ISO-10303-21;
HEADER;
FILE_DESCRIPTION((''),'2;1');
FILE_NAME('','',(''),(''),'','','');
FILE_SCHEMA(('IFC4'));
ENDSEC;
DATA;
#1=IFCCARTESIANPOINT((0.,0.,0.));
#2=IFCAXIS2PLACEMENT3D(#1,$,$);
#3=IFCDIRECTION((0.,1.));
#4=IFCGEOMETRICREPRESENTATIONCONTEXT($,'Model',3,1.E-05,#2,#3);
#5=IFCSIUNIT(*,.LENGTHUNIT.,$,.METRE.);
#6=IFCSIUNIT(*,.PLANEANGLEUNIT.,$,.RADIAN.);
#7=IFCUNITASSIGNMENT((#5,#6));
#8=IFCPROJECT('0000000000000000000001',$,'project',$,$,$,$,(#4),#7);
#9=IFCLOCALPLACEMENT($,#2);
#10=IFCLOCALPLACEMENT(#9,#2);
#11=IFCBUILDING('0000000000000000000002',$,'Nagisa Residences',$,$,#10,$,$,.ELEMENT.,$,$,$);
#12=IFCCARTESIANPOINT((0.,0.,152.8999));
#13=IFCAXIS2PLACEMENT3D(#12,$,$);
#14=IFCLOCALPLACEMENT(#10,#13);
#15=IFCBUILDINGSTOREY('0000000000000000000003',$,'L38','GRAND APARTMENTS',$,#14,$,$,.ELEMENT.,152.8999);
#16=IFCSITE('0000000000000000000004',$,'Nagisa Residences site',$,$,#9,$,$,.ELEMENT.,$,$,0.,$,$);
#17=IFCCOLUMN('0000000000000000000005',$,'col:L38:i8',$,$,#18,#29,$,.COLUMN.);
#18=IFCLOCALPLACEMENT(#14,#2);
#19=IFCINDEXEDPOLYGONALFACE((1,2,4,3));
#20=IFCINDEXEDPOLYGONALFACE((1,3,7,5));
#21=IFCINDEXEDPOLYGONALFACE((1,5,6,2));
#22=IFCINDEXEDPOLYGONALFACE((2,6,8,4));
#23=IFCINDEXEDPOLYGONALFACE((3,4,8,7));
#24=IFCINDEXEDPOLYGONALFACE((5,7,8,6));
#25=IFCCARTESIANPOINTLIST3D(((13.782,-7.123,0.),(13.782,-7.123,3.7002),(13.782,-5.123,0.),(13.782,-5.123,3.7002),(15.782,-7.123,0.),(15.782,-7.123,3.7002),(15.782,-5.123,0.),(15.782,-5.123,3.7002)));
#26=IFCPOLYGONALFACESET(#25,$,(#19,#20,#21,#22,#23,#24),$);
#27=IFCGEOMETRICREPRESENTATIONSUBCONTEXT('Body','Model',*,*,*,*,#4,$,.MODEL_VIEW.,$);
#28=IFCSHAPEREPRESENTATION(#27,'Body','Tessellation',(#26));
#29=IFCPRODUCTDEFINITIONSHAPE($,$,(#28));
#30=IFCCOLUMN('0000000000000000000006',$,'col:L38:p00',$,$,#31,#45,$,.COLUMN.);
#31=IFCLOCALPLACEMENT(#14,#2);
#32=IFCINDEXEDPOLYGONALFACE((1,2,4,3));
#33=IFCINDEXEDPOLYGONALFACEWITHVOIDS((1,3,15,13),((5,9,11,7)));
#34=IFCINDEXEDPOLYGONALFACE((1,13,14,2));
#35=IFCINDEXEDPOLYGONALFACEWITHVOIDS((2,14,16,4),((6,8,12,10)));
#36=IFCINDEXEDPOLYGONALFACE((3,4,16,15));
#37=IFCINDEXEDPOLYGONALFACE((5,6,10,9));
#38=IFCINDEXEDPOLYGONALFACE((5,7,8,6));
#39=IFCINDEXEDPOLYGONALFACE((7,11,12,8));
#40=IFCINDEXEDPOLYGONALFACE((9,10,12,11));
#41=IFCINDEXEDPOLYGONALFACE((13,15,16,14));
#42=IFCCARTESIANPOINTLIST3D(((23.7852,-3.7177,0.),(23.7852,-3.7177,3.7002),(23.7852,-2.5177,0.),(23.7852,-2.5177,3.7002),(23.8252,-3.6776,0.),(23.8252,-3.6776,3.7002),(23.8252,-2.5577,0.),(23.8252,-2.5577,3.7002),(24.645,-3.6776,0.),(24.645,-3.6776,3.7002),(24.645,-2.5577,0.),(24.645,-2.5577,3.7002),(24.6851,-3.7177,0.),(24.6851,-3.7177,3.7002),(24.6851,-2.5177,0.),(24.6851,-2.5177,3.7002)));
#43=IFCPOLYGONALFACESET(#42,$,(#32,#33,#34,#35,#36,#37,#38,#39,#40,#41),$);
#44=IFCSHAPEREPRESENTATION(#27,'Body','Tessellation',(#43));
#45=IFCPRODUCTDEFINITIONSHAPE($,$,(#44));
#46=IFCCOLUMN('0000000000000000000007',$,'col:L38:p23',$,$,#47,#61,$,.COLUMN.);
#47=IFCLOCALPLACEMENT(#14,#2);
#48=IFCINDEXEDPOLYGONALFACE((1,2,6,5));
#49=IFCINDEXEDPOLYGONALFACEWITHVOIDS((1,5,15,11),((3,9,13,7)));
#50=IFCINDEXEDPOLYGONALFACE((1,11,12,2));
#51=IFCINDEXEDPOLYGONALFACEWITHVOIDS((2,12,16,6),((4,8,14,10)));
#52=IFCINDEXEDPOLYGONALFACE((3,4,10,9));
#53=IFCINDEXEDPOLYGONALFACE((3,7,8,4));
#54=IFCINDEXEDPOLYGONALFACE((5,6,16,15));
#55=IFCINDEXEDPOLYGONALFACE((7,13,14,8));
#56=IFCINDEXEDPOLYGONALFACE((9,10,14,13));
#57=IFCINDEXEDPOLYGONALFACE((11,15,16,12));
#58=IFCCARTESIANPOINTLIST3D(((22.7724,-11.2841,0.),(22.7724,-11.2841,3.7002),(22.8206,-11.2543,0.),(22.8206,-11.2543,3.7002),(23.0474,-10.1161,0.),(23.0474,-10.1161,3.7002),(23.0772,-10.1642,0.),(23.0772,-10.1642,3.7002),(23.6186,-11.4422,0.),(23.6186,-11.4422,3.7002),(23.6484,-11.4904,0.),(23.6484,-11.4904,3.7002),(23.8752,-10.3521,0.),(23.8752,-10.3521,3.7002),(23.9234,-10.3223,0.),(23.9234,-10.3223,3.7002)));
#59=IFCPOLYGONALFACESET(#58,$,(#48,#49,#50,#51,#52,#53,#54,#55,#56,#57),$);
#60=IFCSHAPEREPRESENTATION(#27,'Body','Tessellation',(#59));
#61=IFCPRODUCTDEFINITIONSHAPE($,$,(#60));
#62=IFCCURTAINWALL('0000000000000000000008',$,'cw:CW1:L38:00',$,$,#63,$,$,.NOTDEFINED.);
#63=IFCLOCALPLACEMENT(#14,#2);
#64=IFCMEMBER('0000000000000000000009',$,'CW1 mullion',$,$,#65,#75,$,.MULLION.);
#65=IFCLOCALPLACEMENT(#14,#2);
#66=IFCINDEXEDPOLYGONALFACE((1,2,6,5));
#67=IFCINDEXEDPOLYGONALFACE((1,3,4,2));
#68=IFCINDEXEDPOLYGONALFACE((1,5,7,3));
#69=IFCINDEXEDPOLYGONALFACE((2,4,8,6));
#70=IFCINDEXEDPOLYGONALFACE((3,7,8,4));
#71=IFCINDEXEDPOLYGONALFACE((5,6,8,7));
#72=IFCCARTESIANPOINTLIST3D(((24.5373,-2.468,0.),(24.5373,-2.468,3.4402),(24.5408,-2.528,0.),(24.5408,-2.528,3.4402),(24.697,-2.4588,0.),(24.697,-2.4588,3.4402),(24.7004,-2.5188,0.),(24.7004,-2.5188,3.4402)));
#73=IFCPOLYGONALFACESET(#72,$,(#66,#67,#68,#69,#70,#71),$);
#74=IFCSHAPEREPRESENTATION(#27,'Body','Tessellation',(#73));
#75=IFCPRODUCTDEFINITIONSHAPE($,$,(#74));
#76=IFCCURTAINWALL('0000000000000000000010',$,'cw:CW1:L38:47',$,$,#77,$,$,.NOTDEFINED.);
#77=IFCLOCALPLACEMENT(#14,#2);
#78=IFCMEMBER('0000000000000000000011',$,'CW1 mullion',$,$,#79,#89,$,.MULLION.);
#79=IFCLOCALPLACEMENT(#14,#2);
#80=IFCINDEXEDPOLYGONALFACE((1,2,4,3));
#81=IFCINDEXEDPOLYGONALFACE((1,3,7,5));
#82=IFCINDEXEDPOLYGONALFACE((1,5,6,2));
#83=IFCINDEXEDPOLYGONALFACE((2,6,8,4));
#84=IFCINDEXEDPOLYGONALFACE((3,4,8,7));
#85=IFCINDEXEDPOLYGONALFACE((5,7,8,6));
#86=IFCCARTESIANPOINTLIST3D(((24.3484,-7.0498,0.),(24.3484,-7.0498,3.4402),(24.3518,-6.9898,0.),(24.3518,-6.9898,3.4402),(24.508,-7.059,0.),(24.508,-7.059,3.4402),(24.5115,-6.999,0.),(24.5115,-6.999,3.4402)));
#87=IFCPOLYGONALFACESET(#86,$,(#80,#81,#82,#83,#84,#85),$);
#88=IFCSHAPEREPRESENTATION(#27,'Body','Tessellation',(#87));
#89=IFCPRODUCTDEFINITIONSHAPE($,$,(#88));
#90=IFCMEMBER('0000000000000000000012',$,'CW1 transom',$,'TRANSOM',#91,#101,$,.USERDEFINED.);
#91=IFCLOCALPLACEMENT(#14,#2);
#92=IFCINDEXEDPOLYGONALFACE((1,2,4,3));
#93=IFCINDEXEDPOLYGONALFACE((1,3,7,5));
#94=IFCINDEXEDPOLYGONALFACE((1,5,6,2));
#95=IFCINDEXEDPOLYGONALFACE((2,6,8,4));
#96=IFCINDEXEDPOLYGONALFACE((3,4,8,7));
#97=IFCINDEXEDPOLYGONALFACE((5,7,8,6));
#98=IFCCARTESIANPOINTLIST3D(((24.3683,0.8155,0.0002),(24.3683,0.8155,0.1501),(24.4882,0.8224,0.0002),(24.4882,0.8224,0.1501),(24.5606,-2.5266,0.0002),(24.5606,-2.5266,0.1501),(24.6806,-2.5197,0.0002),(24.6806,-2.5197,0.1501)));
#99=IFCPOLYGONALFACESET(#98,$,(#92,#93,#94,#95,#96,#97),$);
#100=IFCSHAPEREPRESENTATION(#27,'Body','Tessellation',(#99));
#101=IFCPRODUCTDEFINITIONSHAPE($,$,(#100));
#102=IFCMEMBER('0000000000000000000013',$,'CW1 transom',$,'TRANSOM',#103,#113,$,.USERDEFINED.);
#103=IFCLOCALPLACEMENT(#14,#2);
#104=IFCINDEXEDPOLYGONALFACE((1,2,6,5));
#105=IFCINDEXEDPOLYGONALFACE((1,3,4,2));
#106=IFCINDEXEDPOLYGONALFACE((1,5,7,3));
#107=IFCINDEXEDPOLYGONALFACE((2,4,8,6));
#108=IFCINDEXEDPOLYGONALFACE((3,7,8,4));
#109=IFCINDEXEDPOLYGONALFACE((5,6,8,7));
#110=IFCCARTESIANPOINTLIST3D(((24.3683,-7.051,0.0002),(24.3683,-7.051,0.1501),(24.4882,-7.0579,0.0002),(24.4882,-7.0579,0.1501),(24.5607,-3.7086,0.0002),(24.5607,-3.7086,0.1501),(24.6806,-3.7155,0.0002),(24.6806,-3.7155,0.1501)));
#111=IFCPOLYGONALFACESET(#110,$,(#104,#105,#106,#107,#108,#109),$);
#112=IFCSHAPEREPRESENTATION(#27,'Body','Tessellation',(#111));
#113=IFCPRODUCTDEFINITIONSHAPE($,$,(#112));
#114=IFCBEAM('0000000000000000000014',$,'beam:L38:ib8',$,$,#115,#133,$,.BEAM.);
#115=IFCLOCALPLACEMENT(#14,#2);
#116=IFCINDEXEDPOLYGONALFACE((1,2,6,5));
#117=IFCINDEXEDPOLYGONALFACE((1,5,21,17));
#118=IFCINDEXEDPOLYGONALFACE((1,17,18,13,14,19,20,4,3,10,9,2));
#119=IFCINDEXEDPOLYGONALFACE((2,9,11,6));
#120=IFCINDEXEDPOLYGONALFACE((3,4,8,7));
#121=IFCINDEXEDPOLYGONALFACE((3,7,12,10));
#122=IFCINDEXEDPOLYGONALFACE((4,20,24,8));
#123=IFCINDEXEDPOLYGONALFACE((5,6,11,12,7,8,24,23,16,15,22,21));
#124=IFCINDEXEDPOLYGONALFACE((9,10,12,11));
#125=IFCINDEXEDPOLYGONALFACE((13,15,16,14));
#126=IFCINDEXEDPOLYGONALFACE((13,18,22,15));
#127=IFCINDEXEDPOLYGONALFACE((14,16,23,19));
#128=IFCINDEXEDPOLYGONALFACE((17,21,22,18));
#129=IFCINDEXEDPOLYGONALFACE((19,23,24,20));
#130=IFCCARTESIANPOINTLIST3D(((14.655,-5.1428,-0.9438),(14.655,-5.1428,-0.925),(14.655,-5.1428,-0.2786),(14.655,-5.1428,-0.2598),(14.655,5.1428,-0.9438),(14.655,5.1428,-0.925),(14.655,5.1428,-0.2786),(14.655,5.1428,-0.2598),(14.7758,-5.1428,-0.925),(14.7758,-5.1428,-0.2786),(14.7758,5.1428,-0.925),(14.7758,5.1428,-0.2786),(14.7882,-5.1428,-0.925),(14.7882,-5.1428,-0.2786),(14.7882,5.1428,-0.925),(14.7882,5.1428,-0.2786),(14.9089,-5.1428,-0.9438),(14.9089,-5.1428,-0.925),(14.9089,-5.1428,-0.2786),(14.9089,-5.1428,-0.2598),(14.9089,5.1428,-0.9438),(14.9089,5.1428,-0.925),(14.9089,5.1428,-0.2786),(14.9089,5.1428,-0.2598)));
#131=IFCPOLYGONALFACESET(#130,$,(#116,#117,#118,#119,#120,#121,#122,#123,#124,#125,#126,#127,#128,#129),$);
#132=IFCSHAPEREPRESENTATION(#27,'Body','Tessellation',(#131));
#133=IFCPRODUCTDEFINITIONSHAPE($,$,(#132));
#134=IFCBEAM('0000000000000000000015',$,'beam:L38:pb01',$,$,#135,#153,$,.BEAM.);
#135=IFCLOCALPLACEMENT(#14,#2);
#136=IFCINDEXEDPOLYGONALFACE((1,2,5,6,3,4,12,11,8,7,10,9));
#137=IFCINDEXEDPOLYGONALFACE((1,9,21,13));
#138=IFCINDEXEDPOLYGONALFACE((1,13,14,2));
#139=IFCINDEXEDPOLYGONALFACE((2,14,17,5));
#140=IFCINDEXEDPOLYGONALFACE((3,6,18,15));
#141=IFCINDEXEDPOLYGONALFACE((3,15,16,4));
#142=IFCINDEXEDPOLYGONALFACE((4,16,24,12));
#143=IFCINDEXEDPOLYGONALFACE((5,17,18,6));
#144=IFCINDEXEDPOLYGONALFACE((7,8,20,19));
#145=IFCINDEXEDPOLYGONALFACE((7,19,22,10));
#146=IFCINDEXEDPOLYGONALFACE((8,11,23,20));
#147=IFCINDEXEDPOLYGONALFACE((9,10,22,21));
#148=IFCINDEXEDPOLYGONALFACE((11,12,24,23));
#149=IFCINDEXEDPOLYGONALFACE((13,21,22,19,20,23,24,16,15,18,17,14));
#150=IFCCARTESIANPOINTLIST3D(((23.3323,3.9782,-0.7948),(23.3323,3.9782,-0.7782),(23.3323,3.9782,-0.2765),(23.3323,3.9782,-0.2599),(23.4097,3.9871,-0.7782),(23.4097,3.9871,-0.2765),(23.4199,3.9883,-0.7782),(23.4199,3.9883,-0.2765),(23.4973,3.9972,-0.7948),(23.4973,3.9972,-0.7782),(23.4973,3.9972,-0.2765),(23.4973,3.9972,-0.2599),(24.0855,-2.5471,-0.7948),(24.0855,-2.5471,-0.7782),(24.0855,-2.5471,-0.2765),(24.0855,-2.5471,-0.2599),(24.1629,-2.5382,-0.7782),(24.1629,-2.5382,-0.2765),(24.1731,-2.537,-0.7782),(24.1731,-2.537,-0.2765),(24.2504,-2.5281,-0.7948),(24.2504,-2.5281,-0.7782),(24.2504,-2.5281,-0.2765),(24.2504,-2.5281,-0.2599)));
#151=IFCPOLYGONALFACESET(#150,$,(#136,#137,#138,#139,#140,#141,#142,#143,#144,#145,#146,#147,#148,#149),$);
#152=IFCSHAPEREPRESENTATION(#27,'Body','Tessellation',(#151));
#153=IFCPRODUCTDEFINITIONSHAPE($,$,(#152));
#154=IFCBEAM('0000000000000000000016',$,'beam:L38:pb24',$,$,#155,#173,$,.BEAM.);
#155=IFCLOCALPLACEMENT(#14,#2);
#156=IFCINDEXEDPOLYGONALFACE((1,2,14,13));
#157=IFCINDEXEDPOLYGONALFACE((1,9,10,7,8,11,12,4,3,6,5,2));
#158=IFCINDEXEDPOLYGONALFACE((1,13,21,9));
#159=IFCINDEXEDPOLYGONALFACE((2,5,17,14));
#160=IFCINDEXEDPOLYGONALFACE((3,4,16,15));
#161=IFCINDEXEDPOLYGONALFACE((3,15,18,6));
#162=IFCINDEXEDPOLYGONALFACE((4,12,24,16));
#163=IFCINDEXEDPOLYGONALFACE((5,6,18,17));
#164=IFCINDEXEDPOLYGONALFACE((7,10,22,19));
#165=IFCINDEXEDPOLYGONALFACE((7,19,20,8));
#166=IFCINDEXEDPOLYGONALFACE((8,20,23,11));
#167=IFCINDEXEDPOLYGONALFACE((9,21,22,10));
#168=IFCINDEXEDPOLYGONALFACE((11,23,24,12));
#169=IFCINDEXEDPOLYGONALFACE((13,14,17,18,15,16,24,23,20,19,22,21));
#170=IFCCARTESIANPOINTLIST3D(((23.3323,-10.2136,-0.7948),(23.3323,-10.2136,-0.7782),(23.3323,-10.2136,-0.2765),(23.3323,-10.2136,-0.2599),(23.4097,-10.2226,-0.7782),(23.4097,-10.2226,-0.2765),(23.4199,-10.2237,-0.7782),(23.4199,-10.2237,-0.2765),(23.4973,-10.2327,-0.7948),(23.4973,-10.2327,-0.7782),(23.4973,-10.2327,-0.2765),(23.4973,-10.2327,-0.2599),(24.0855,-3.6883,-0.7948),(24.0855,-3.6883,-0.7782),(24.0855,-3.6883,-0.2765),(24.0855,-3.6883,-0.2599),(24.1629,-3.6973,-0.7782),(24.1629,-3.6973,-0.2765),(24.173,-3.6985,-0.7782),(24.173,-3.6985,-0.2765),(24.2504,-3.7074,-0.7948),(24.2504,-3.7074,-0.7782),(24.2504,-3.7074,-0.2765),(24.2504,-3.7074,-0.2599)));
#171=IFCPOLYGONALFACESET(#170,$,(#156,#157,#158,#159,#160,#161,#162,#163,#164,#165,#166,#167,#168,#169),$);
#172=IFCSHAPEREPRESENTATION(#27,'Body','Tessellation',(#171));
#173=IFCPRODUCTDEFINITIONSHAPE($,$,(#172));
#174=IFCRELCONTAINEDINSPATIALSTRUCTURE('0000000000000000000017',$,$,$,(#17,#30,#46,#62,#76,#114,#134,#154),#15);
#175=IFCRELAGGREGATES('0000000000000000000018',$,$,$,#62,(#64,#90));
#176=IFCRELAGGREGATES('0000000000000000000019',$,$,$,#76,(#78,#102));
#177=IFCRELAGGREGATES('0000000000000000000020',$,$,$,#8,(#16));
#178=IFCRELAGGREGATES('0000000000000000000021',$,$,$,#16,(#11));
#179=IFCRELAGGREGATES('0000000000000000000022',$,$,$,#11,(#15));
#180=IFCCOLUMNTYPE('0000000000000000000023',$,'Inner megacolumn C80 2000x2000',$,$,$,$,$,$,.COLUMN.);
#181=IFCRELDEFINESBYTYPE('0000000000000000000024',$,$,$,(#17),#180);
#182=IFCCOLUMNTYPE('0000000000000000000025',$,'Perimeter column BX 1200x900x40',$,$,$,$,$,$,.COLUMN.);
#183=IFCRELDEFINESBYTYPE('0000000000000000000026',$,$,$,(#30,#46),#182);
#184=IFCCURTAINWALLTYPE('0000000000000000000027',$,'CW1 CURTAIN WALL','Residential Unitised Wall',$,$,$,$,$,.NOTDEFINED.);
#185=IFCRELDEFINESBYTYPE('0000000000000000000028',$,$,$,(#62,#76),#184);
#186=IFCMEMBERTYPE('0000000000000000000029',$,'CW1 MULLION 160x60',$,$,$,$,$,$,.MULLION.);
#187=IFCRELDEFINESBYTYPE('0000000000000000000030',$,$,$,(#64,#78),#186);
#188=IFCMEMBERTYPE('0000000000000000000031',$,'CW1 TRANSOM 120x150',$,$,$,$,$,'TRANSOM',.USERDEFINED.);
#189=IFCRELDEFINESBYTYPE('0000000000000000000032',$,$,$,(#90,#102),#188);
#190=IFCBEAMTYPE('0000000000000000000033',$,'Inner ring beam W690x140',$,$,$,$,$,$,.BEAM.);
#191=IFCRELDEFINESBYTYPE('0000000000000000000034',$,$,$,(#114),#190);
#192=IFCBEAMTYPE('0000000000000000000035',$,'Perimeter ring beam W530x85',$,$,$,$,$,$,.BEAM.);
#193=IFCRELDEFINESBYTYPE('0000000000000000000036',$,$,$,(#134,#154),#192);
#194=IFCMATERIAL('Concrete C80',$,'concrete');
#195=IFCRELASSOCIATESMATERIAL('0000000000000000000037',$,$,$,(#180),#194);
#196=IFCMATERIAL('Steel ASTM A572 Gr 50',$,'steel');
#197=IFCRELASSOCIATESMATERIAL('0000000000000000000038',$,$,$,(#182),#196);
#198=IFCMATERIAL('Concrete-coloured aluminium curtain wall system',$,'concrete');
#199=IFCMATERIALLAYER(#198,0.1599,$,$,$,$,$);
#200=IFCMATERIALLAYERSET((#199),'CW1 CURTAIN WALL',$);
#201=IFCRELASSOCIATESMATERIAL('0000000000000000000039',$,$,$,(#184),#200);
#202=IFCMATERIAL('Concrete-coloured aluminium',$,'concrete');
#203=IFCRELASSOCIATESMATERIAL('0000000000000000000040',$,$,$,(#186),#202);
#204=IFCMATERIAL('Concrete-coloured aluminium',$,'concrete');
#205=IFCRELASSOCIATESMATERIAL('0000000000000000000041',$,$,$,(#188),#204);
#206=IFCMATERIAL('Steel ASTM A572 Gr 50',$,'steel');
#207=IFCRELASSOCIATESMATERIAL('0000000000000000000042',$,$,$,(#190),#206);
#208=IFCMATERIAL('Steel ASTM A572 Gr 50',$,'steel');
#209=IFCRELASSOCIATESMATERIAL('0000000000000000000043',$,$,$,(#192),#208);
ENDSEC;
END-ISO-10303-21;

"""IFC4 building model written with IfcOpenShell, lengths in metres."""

from ifc_helpers import new_model, si_unit, direction, frame, origin, origin_2d, place, context, subcontext, project, spatial, rectangle, hollow_rectangle, i_section, extrude, material, layer, layer_set, material_profile, profile_set, type_object, element, aggregate, save


model = new_model("IFC4")

# Units and contexts
model_context = context("Model", 3, precision=1e-05, world=origin(), true_north=direction((0.0, 1.0)))
body_context = subcontext(model_context, "Body", "Model", "MODEL_VIEW")
ifc_project = project(units=[si_unit("LENGTHUNIT", "METRE"), si_unit("PLANEANGLEUNIT", "RADIAN")], contexts=[model_context])

# Site, building, storey
site_placement = place(None, origin())
site = spatial("IfcSite", under=ifc_project, at=site_placement, Name="Nagisa Residences site", CompositionType="ELEMENT", RefElevation=0.0)
building_placement = place(site_placement, origin())
building = spatial("IfcBuilding", under=site, at=building_placement, Name="Nagisa Residences", CompositionType="ELEMENT")
storey_placement = place(building_placement, frame((0.0, 0.0, 152.8999)))
storey = spatial("IfcBuildingStorey", under=building, at=storey_placement, Name="L38", Description="GRAND APARTMENTS", CompositionType="ELEMENT", Elevation=152.8999)

# Columns
ifc_material_1 = material(Name="Concrete C80", Category="concrete")
ifc_material_profile_1 = material_profile(ifc_material_1, rectangle(XDim=2.0, YDim=2.0, at=origin_2d()), Name="C80 2000x2000")
ifc_profile_set_1 = profile_set([ifc_material_profile_1], Name="Concrete C80")
column_type_1 = type_object("IfcColumnType", Name="Inner megacolumn C80 2000x2000", PredefinedType="COLUMN", material=ifc_profile_set_1)
column_placement = place(storey_placement, frame((14.782, -6.123, 0.0), z_axis=(0.0, 0.0, 1.0), x_axis=(1.0, 0.0, 0.0)))
element("IfcColumn", 1, at=column_placement, inside=storey, type_object=column_type_1, Name="col:L38:i8", PredefinedType="COLUMN", context=body_context, shape_type="SweptSolid", body=[
    extrude(rectangle(XDim=2.0, YDim=2.0, at=origin_2d()), origin(), (0.0, 0.0, 1.0), 3.7002),
])
ifc_material_2 = material(Name="Steel ASTM A572 Gr 50", Category="steel")
ifc_material_profile_2 = material_profile(ifc_material_2, hollow_rectangle(XDim=1.2, YDim=0.8999, WallThickness=0.04, at=origin_2d()), Name="BX 1200x900x40")
ifc_profile_set_2 = profile_set([ifc_material_profile_2], Name="Steel ASTM A572 Gr 50")
column_type_2 = type_object("IfcColumnType", Name="Perimeter column BX 1200x900x40", PredefinedType="COLUMN", material=ifc_profile_set_2)
for number, where, z_axis, x_axis, name in (
    (2, (24.2351, -3.1177, 0.0), (0.0, 0.0, 1.0), (0.0, 1.0, 0.0), "col:L38:p00"),
    (3, (23.3479, -10.8032, 0.0), (0.0, 0.0, 1.0), (0.229202, 0.973379, 0.0), "col:L38:p23"),
):
    element("IfcColumn", number, at=place(storey_placement, frame(where, z_axis=z_axis, x_axis=x_axis)), inside=storey, type_object=column_type_2, Name=name, PredefinedType="COLUMN", context=body_context, shape_type="SweptSolid", body=[
        extrude(hollow_rectangle(XDim=1.2, YDim=0.8999, WallThickness=0.04, at=origin_2d()), origin(), (0.0, 0.0, 1.0), 3.7002),
    ])

# Curtain walls, members
ifc_material_3 = material(Name="Concrete-coloured aluminium curtain wall system", Category="concrete")
ifc_layer_1 = layer(ifc_material_3, 0.1599)
ifc_layer_set_1 = layer_set([ifc_layer_1], Name="CW1 CURTAIN WALL")
curtain_wall_type = type_object("IfcCurtainWallType", Name="CW1 CURTAIN WALL", Description="Residential Unitised Wall", PredefinedType="NOTDEFINED", material=ifc_layer_set_1)
curtain_wall_1_placement = place(storey_placement, origin())
curtain_wall_1 = element("IfcCurtainWall", 4, at=curtain_wall_1_placement, inside=storey, type_object=curtain_wall_type, Name="cw:CW1:L38:00", PredefinedType="NOTDEFINED")
ifc_material_4 = material(Name="Concrete-coloured aluminium", Category="concrete")
ifc_material_profile_3 = material_profile(ifc_material_4, rectangle(XDim=0.1599, YDim=0.0601, at=origin_2d()), Name="CW1 MULLION 160x60")
ifc_profile_set_3 = profile_set([ifc_material_profile_3], Name="Concrete-coloured aluminium")
member_type_1 = type_object("IfcMemberType", Name="CW1 MULLION 160x60", PredefinedType="MULLION", material=ifc_profile_set_3)
member_1_placement = place(storey_placement, frame((24.6189, -2.4934, 0.0), z_axis=(0.0, 0.0, 1.0), x_axis=(-0.998345, -0.057503, 0.0)))
member_1 = element("IfcMember", 5, at=member_1_placement, type_object=member_type_1, Name="CW1 mullion", PredefinedType="MULLION", context=body_context, shape_type="SweptSolid", body=[
    extrude(rectangle(XDim=0.1599, YDim=0.0601, at=origin_2d()), origin(), (0.0, 0.0, 1.0), 3.4402),
])
curtain_wall_2_placement = place(storey_placement, origin())
curtain_wall_2 = element("IfcCurtainWall", 6, at=curtain_wall_2_placement, inside=storey, type_object=curtain_wall_type, Name="cw:CW1:L38:47", PredefinedType="NOTDEFINED")
member_2_placement = place(storey_placement, frame((24.4299, -7.0244, 0.0), z_axis=(0.0, 0.0, 1.0), x_axis=(-0.998345, 0.057503, 0.0)))
member_2 = element("IfcMember", 7, at=member_2_placement, type_object=member_type_1, Name="CW1 mullion", PredefinedType="MULLION", context=body_context, shape_type="SweptSolid", body=[
    extrude(rectangle(XDim=0.1599, YDim=0.0601, at=origin_2d()), origin(), (0.0, 0.0, 1.0), 3.4402),
])

# Members
ifc_material_5 = material(Name="Concrete-coloured aluminium", Category="concrete")
ifc_material_profile_4 = material_profile(ifc_material_5, rectangle(XDim=0.1201, YDim=0.1499, at=origin_2d()), Name="CW1 TRANSOM 120x150")
ifc_profile_set_4 = profile_set([ifc_material_profile_4], Name="Concrete-coloured aluminium")
member_type_2 = type_object("IfcMemberType", Name="CW1 TRANSOM 120x150", ElementType="TRANSOM", PredefinedType="USERDEFINED", material=ifc_profile_set_4)
member_3_placement = place(storey_placement, frame((24.6206, -2.5232, 0.0752), z_axis=(-0.057469, 0.998347, 0.0), x_axis=(-0.998347, -0.057469, 0.0)))
member_3 = element("IfcMember", 8, at=member_3_placement, type_object=member_type_2, Name="CW1 transom", ObjectType="TRANSOM", PredefinedType="USERDEFINED", context=body_context, shape_type="SweptSolid", body=[
    extrude(rectangle(XDim=0.1201, YDim=0.1499, at=origin_2d()), origin(), (0.0, 0.0, 1.0), 3.3477),
])
member_4_placement = place(storey_placement, frame((24.4282, -7.0544, 0.0752), z_axis=(0.057465, 0.998348, 0.0), x_axis=(-0.998348, 0.057465, 0.0)))
member_4 = element("IfcMember", 9, at=member_4_placement, type_object=member_type_2, Name="CW1 transom", ObjectType="TRANSOM", PredefinedType="USERDEFINED", context=body_context, shape_type="SweptSolid", body=[
    extrude(rectangle(XDim=0.1201, YDim=0.1499, at=origin_2d()), origin(), (0.0, 0.0, 1.0), 3.3479),
])

# Beams
ifc_material_6 = material(Name="Steel ASTM A572 Gr 50", Category="steel")
ifc_material_profile_5 = material_profile(ifc_material_6, i_section(OverallWidth=0.2539, OverallDepth=0.6841, WebThickness=0.0125, FlangeThickness=0.0188, at=origin_2d()), Name="W690x140")
ifc_profile_set_5 = profile_set([ifc_material_profile_5], Name="Steel ASTM A572 Gr 50")
beam_type_1 = type_object("IfcBeamType", Name="Inner ring beam W690x140", PredefinedType="BEAM", material=ifc_profile_set_5)
beam_1_placement = place(storey_placement, frame((14.782, -5.1428, -0.6018), z_axis=(0.0, 1.0, 0.0), x_axis=(-1.0, 0.0, 0.0)))
element("IfcBeam", 10, at=beam_1_placement, inside=storey, type_object=beam_type_1, Name="beam:L38:ib8", PredefinedType="BEAM", context=body_context, shape_type="SweptSolid", body=[
    extrude(i_section(OverallWidth=0.2539, OverallDepth=0.6841, WebThickness=0.0125, FlangeThickness=0.0188, at=origin_2d()), origin(), (0.0, 0.0, 1.0), 10.2856),
])
ifc_material_7 = material(Name="Steel ASTM A572 Gr 50", Category="steel")
ifc_material_profile_6 = material_profile(ifc_material_7, i_section(OverallWidth=0.166, OverallDepth=0.5349, WebThickness=0.0103, FlangeThickness=0.0166, at=origin_2d()), Name="W530x85")
ifc_profile_set_6 = profile_set([ifc_material_profile_6], Name="Steel ASTM A572 Gr 50")
beam_type_2 = type_object("IfcBeamType", Name="Perimeter ring beam W530x85", PredefinedType="BEAM", material=ifc_profile_set_6)
for number, where, z_axis, x_axis, name in (
    (11, (24.168, -2.5376, -0.5273), (-0.114661, 0.993405, 0.0), (-0.993405, -0.114661, 0.0), "beam:L38:pb01"),
    (12, (23.4148, -10.2231, -0.5273), (0.114661, 0.993405, 0.0), (-0.993405, 0.114661, 0.0), "beam:L38:pb24"),
):
    element("IfcBeam", number, at=place(storey_placement, frame(where, z_axis=z_axis, x_axis=x_axis)), inside=storey, type_object=beam_type_2, Name=name, PredefinedType="BEAM", context=body_context, shape_type="SweptSolid", body=[
        extrude(i_section(OverallWidth=0.166, OverallDepth=0.5349, WebThickness=0.0103, FlangeThickness=0.0166, at=origin_2d()), origin(), (0.0, 0.0, 1.0), 6.5686),
    ])

aggregate(curtain_wall_1, [member_1, member_3])

aggregate(curtain_wall_2, [member_2, member_4])

save(model, "model.ifc")
